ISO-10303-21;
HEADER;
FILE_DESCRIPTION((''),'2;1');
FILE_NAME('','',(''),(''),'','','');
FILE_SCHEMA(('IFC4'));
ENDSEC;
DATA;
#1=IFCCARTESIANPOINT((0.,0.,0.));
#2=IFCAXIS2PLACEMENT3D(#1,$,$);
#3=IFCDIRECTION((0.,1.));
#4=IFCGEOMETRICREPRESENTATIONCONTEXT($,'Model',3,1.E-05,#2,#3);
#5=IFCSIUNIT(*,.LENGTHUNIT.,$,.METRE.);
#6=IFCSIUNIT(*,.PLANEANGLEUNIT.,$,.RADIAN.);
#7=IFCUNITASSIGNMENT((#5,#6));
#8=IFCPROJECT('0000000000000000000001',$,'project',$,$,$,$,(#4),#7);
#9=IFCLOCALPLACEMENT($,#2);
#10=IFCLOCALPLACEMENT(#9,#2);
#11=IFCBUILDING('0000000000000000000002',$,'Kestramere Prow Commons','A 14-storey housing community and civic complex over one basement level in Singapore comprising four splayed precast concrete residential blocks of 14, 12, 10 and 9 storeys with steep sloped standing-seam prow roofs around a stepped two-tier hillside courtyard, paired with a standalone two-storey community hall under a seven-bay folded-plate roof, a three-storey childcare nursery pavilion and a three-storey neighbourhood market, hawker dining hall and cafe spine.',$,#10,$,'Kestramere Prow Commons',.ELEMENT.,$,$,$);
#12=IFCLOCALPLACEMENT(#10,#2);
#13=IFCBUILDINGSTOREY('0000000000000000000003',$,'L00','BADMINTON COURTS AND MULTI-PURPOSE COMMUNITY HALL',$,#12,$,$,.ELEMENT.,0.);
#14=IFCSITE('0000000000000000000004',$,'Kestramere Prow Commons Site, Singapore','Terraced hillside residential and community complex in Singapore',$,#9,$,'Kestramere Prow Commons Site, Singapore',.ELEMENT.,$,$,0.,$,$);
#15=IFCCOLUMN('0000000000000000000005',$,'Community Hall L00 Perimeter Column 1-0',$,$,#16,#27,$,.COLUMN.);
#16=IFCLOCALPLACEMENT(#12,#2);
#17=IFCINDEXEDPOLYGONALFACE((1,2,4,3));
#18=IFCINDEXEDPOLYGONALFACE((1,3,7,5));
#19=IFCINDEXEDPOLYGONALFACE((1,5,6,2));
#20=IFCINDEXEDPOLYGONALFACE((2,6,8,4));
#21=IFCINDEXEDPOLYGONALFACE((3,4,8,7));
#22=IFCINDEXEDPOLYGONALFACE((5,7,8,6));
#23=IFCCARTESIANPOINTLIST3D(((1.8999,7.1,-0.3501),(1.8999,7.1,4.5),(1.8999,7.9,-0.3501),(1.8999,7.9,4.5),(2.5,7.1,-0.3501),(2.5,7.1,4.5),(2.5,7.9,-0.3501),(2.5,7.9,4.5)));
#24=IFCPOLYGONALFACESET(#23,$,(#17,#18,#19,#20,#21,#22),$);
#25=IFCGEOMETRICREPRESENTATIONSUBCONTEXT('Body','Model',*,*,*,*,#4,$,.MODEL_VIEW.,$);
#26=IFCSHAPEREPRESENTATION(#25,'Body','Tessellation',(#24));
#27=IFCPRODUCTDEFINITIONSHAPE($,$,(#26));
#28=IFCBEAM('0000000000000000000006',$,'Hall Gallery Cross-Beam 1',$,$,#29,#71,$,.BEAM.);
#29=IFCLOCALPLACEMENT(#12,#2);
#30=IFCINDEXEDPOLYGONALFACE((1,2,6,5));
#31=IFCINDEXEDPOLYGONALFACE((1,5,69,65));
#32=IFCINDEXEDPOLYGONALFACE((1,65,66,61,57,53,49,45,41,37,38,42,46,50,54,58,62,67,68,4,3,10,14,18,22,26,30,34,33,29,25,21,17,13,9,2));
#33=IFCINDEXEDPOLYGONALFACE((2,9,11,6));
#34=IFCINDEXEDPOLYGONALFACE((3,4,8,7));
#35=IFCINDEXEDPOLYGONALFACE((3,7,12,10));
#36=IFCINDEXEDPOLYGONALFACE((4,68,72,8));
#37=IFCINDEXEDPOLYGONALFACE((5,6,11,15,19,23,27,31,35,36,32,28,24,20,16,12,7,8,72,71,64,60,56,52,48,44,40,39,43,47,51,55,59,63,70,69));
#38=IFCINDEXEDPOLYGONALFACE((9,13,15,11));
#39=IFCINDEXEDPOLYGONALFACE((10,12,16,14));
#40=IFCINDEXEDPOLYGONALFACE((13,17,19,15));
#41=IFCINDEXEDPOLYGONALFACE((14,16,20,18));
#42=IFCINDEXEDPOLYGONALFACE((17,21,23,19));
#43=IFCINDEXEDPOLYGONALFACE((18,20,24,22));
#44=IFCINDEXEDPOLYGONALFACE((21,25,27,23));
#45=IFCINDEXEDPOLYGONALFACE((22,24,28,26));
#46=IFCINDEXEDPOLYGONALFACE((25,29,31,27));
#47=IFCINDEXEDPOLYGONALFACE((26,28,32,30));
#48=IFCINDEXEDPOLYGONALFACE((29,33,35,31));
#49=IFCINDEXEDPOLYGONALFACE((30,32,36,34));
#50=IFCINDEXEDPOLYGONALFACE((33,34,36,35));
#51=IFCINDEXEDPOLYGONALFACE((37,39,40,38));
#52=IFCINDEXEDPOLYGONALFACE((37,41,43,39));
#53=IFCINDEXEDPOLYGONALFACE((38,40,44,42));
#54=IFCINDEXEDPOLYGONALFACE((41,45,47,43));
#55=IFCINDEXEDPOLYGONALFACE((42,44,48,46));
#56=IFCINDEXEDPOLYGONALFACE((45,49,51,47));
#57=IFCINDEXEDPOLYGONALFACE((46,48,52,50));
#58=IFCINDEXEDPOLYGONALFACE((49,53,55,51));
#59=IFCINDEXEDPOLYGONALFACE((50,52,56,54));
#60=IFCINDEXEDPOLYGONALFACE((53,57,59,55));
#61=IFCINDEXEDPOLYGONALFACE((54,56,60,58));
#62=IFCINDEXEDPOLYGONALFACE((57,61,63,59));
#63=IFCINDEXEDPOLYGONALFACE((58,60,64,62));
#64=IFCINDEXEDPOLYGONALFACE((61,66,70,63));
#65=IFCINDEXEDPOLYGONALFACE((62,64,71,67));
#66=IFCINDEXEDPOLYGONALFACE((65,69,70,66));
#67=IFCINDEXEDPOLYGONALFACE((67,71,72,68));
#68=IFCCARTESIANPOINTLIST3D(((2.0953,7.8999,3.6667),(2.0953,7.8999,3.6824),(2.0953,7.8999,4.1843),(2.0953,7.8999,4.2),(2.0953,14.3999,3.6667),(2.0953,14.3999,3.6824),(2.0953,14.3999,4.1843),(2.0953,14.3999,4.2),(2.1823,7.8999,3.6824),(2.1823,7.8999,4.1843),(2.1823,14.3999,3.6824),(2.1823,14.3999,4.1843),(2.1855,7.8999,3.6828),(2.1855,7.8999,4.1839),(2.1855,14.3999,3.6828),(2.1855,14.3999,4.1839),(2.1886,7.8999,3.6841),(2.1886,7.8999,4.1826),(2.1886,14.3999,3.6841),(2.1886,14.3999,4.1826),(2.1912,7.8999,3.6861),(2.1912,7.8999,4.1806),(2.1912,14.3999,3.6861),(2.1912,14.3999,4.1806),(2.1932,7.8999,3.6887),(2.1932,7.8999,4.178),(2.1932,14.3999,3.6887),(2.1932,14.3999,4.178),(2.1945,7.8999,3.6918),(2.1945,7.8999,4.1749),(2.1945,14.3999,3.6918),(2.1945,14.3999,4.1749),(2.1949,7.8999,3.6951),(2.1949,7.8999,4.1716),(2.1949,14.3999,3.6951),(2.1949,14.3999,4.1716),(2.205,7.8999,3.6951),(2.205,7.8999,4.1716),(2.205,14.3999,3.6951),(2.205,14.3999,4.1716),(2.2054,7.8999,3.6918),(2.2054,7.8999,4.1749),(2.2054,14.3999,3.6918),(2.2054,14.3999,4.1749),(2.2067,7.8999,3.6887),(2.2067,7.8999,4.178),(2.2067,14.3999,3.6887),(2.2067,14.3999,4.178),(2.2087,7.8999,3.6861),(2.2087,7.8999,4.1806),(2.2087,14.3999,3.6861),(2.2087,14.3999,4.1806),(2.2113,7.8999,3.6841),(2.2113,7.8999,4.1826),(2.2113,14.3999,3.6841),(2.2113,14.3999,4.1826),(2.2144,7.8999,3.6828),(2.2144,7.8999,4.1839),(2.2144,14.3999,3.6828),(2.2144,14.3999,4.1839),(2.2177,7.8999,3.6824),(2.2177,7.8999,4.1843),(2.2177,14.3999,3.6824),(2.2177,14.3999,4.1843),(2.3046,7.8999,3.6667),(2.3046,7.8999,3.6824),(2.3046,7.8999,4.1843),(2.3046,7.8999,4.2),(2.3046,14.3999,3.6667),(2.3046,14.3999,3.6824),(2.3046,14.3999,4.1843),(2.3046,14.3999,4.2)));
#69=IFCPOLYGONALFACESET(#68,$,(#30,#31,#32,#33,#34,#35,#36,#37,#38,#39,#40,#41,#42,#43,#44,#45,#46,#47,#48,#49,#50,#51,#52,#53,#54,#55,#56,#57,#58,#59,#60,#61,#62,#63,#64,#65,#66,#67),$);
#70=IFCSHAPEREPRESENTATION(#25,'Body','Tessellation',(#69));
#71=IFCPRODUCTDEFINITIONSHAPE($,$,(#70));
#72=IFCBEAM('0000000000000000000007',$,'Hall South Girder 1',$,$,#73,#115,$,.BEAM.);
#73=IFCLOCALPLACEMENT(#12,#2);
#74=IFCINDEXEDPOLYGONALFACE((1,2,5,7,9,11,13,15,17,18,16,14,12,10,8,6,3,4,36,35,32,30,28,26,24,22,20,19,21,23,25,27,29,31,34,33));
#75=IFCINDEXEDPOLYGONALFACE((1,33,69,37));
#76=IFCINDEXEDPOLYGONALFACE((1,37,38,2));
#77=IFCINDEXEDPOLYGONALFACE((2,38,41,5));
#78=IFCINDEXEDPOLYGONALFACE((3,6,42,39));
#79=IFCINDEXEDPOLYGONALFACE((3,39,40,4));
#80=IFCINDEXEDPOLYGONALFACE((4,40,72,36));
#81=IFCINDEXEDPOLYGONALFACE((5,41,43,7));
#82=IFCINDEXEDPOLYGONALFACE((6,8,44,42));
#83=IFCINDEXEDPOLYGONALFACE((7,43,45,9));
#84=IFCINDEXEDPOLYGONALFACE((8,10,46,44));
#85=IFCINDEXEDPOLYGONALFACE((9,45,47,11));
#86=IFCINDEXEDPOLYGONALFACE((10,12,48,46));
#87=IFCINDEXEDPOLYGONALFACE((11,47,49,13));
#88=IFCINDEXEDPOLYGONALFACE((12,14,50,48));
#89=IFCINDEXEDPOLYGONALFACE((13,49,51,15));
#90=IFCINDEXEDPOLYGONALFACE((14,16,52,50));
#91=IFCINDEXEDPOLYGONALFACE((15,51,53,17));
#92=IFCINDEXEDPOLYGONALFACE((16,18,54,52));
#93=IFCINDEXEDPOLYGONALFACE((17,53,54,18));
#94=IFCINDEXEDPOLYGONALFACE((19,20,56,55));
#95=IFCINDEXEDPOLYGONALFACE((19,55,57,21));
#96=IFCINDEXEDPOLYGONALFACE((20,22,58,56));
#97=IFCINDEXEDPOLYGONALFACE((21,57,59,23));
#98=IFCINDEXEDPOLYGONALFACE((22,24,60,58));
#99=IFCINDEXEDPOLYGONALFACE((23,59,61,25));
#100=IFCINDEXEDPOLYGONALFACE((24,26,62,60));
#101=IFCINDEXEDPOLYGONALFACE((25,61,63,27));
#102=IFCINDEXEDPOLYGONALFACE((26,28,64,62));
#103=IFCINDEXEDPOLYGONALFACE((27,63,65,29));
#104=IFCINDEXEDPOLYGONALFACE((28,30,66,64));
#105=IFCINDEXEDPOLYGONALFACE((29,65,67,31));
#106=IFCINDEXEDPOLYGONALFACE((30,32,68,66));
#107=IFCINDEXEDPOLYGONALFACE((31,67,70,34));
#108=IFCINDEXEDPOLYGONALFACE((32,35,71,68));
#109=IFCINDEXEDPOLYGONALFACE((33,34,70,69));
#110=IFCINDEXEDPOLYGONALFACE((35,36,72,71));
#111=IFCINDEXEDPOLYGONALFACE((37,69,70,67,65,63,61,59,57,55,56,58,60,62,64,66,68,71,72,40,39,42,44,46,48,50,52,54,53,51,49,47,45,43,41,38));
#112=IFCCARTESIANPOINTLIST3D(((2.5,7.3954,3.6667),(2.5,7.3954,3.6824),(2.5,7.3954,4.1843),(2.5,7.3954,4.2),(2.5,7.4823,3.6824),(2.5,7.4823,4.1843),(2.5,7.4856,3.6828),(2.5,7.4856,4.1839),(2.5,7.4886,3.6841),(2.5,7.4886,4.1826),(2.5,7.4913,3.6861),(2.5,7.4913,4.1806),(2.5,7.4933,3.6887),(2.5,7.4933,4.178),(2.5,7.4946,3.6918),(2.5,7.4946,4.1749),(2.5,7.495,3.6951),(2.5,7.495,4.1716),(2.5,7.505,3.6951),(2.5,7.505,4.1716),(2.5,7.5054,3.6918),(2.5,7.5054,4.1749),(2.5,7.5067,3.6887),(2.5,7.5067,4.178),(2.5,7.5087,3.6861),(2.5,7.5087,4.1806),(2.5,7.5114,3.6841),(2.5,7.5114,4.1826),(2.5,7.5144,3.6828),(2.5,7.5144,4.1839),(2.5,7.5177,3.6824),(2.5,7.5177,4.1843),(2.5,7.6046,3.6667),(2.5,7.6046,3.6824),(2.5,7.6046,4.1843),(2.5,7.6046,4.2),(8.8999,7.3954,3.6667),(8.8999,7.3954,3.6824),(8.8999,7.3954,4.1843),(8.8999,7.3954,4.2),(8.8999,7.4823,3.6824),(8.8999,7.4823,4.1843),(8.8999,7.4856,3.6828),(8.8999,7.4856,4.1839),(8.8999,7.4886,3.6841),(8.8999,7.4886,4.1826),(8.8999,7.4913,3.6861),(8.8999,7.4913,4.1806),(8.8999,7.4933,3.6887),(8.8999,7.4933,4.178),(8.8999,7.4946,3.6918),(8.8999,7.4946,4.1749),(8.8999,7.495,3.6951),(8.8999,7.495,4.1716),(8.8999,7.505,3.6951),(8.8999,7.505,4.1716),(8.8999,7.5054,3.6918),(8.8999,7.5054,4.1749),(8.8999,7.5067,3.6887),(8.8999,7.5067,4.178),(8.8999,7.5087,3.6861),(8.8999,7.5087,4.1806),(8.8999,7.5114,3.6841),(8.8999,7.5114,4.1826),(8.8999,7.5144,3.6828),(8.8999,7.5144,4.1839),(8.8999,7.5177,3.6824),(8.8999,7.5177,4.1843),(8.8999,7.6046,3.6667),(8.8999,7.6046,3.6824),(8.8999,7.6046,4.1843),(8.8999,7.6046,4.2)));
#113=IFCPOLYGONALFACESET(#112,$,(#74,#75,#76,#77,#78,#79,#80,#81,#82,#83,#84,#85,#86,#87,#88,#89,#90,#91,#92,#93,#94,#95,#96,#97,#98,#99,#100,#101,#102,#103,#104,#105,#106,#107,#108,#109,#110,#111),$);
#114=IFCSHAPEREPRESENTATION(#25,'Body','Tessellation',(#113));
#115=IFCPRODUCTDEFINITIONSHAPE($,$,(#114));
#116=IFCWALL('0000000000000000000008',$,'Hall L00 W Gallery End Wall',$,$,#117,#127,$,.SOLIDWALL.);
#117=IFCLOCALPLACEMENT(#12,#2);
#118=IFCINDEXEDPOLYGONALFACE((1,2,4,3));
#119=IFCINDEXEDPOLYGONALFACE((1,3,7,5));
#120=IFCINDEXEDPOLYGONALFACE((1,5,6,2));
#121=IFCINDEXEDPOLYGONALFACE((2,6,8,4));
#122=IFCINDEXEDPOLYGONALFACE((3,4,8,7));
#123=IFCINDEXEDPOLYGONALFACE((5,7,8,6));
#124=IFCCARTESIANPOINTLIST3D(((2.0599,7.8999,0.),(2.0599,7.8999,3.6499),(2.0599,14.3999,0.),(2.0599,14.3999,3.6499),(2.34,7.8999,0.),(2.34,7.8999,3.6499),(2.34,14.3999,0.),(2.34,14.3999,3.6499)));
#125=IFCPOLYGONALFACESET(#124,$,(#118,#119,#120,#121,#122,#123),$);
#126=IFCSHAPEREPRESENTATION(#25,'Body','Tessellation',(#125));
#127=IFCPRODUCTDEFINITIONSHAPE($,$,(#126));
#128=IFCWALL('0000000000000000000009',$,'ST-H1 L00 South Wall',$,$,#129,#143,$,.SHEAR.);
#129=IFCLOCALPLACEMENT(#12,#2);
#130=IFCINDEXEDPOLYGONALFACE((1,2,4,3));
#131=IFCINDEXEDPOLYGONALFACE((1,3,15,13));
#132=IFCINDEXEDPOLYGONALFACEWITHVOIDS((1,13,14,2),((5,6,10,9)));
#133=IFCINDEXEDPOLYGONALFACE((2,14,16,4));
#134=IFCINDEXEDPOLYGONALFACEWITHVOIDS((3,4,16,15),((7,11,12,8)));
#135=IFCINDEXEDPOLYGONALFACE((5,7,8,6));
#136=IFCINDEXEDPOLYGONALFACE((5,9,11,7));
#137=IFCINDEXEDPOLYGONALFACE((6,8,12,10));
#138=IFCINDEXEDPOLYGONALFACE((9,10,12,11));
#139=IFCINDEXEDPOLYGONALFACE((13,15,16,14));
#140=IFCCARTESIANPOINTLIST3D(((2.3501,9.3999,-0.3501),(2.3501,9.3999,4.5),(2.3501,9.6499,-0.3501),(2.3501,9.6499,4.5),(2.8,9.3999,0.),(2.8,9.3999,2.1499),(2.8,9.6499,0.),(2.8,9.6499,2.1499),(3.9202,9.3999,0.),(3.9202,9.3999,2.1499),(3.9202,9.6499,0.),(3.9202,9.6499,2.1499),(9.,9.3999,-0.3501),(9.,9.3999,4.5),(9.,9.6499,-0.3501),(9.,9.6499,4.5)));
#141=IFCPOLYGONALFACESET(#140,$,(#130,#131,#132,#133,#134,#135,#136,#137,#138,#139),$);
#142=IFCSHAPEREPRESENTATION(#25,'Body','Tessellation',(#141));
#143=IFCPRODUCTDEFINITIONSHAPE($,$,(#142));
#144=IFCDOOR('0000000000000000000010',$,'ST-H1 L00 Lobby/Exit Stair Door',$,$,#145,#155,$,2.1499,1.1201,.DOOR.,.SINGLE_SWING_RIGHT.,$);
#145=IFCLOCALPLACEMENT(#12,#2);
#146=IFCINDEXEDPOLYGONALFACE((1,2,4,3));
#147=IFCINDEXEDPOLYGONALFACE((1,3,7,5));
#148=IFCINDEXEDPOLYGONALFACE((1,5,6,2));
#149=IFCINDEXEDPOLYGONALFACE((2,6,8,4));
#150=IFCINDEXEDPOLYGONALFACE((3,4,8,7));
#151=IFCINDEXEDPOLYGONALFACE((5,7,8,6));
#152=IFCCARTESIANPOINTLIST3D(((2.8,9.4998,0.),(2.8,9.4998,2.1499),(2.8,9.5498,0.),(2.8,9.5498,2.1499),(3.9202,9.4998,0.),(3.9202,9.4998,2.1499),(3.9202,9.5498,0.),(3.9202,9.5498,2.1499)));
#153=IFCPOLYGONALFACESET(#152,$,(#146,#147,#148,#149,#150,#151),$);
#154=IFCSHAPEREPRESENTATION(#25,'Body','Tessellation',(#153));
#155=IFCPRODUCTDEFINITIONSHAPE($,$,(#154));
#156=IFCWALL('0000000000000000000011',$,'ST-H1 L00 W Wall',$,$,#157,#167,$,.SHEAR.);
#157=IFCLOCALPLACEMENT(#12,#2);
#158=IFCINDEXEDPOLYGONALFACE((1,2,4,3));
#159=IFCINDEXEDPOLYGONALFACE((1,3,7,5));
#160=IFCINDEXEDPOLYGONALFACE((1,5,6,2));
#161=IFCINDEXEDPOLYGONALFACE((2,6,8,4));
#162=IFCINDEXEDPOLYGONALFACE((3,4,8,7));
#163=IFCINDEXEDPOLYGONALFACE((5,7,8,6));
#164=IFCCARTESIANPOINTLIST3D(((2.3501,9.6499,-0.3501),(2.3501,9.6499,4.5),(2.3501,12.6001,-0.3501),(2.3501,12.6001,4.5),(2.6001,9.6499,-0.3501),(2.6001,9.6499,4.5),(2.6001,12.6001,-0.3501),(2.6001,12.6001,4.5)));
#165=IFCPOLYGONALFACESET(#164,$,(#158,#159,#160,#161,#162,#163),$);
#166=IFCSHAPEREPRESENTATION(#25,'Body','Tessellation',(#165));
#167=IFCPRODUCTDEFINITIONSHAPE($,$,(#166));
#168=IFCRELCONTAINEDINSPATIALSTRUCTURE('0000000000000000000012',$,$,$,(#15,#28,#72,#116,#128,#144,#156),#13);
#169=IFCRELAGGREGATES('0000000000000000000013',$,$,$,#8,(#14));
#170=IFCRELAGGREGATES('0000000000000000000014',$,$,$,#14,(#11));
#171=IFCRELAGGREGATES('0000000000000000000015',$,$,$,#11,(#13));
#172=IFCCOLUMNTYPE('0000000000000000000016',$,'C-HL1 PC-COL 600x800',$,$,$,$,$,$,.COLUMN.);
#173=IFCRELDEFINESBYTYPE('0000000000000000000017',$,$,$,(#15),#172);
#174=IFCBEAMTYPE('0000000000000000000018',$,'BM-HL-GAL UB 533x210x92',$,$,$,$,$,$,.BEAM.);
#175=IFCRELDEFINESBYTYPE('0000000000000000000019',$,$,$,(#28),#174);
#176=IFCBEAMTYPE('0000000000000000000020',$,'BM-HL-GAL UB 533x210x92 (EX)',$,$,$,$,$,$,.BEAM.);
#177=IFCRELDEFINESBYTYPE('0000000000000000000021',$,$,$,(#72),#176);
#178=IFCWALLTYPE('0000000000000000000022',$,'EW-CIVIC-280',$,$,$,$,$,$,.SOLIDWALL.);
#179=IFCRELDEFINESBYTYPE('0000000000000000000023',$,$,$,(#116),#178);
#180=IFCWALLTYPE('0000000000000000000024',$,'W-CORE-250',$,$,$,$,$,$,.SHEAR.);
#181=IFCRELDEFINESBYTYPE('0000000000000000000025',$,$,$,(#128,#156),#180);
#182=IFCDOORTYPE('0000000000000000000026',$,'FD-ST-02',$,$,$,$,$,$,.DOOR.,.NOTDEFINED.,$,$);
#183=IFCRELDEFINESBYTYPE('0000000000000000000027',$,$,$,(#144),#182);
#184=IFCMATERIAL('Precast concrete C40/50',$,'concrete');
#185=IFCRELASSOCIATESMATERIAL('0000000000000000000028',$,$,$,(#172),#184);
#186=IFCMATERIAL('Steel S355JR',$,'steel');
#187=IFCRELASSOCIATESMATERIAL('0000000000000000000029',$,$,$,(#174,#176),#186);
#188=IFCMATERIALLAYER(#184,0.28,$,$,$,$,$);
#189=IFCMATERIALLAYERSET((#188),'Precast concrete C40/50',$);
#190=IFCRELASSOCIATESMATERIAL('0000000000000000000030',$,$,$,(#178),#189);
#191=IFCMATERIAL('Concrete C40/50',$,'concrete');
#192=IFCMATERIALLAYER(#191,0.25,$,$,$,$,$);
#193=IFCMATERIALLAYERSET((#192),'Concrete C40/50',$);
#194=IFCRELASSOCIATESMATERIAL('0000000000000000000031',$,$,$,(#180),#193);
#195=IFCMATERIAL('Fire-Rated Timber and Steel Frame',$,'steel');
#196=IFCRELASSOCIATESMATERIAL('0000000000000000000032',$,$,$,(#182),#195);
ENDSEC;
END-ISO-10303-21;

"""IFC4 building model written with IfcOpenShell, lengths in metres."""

from ifc_helpers import new_model, si_unit, direction, frame, frame_2d, origin, origin_2d, place, context, subcontext, project, spatial, rectangle, i_section, extrude, material, layer, layer_set, material_profile, profile_set, type_object, element, fill, save


model = new_model("IFC4")

# Units and contexts
model_context = context("Model", 3, precision=1e-05, world=origin(), true_north=direction((0.0, 1.0)))
body_context = subcontext(model_context, "Body", "Model", "MODEL_VIEW")
ifc_project = project(units=[si_unit("LENGTHUNIT", "METRE"), si_unit("PLANEANGLEUNIT", "RADIAN")], contexts=[model_context])

# Site, building, storey
site_placement = place(None, origin())
site = spatial("IfcSite", under=ifc_project, at=site_placement, Name="Kestramere Prow Commons Site, Singapore", Description="Terraced hillside residential and community complex in Singapore", LongName="Kestramere Prow Commons Site, Singapore", CompositionType="ELEMENT", RefElevation=0.0)
building_placement = place(site_placement, origin())
building = spatial("IfcBuilding", under=site, at=building_placement, Name="Kestramere Prow Commons", Description="A 14-storey housing community and civic complex over one basement level in Singapore comprising four splayed precast concrete residential blocks of 14, 12, 10 and 9 storeys with steep sloped standing-seam prow roofs around a stepped two-tier hillside courtyard, paired with a standalone two-storey community hall under a seven-bay folded-plate roof, a three-storey childcare nursery pavilion and a three-storey neighbourhood market, hawker dining hall and cafe spine.", LongName="Kestramere Prow Commons", CompositionType="ELEMENT")
storey_placement = place(building_placement, origin())
storey = spatial("IfcBuildingStorey", under=building, at=storey_placement, Name="L00", Description="BADMINTON COURTS AND MULTI-PURPOSE COMMUNITY HALL", CompositionType="ELEMENT", Elevation=0.0)

# Column
ifc_material_1 = material(Name="Precast concrete C40/50", Category="concrete")
ifc_material_profile_1 = material_profile(ifc_material_1, rectangle(XDim=0.6001, YDim=0.8, at=origin_2d()), Name="PC-COL 600x800")
ifc_profile_set_1 = profile_set([ifc_material_profile_1], Name="Precast concrete C40/50")
column_type = type_object("IfcColumnType", Name="C-HL1 PC-COL 600x800", PredefinedType="COLUMN", material=ifc_profile_set_1)
column_placement = place(storey_placement, frame((2.2, 7.5, -0.3501), z_axis=(0.0, 0.0, 1.0), x_axis=(1.0, 0.0, 0.0)))
element("IfcColumn", 1, at=column_placement, inside=storey, type_object=column_type, Name="Community Hall L00 Perimeter Column 1-0", PredefinedType="COLUMN", context=body_context, shape_type="SweptSolid", body=[
    extrude(rectangle(XDim=0.6001, YDim=0.8, at=origin_2d()), origin(), (0.0, 0.0, 1.0), 4.8501),
])

# Beams
ifc_material_2 = material(Name="Steel S355JR", Category="steel")
ifc_material_profile_2 = material_profile(ifc_material_2, i_section(OverallWidth=0.2092, OverallDepth=0.5332, WebThickness=0.01, FlangeThickness=0.0156, FilletRadius=0.0127, at=origin_2d()), Name="UB 533x210x92")
ifc_profile_set_2 = profile_set([ifc_material_profile_2], Name="Steel S355JR")
beam_type_1 = type_object("IfcBeamType", Name="BM-HL-GAL UB 533x210x92", PredefinedType="BEAM", material=ifc_profile_set_2)
beam_1_placement = place(storey_placement, frame((2.2, 7.8999, 3.9333), z_axis=(0.0, 1.0, 0.0), x_axis=(-1.0, 0.0, 0.0)))
element("IfcBeam", 2, at=beam_1_placement, inside=storey, type_object=beam_type_1, Name="Hall Gallery Cross-Beam 1", PredefinedType="BEAM", context=body_context, shape_type="SweptSolid", body=[
    extrude(i_section(OverallWidth=0.2092, OverallDepth=0.5332, WebThickness=0.01, FlangeThickness=0.0156, FilletRadius=0.0127, at=origin_2d()), origin(), (0.0, 0.0, 1.0), 6.5),
])
ifc_material_profile_3 = material_profile(ifc_material_2, i_section(OverallWidth=0.2092, OverallDepth=0.5332, WebThickness=0.01, FlangeThickness=0.0156, FilletRadius=0.0127, at=origin_2d()), Name="UB 533x210x92")
ifc_profile_set_3 = profile_set([ifc_material_profile_3], Name="Steel S355JR")
beam_type_2 = type_object("IfcBeamType", Name="BM-HL-GAL UB 533x210x92 (EX)", PredefinedType="BEAM", material=ifc_profile_set_3)
beam_2_placement = place(storey_placement, frame((2.5, 7.5, 3.9333), z_axis=(1.0, 0.0, 0.0), x_axis=(0.0, 1.0, 0.0)))
element("IfcBeam", 3, at=beam_2_placement, inside=storey, type_object=beam_type_2, Name="Hall South Girder 1", PredefinedType="BEAM", context=body_context, shape_type="SweptSolid", body=[
    extrude(i_section(OverallWidth=0.2092, OverallDepth=0.5332, WebThickness=0.01, FlangeThickness=0.0156, FilletRadius=0.0127, at=origin_2d()), origin(), (0.0, 0.0, 1.0), 6.3999),
])

# Wall
ifc_layer_1 = layer(ifc_material_1, 0.28)
ifc_layer_set_1 = layer_set([ifc_layer_1], Name="Precast concrete C40/50")
wall_type_1 = type_object("IfcWallType", Name="EW-CIVIC-280", PredefinedType="SOLIDWALL", material=ifc_layer_set_1)
wall_1_placement = place(storey_placement, frame((2.2, 7.8999, 0.0), z_axis=(0.0, 0.0, 1.0), x_axis=(0.0, 1.0, 0.0)))
element("IfcWall", 4, at=wall_1_placement, inside=storey, type_object=wall_type_1, Name="Hall L00 W Gallery End Wall", PredefinedType="SOLIDWALL", context=body_context, shape_type="SweptSolid", body=[
    extrude(rectangle(XDim=6.5, YDim=0.28, at=frame_2d((3.25, 0.0))), origin(), (0.0, 0.0, 1.0), 3.6499),
])

# Wall, opening, door
ifc_material_3 = material(Name="Concrete C40/50", Category="concrete")
ifc_layer_2 = layer(ifc_material_3, 0.25)
ifc_layer_set_2 = layer_set([ifc_layer_2], Name="Concrete C40/50")
wall_type_2 = type_object("IfcWallType", Name="W-CORE-250", PredefinedType="SHEAR", material=ifc_layer_set_2)
wall_2_placement = place(storey_placement, frame((2.3501, 9.5249, -0.3501), z_axis=(0.0, 0.0, 1.0), x_axis=(1.0, 0.0, 0.0)))
wall_2 = element("IfcWall", 5, at=wall_2_placement, inside=storey, type_object=wall_type_2, Name="ST-H1 L00 South Wall", PredefinedType="SHEAR", context=body_context, shape_type="SweptSolid", body=[
    extrude(rectangle(XDim=6.6499, YDim=0.25, at=frame_2d((3.325, 0.0))), origin(), (0.0, 0.0, 1.0), 4.8501),
])
opening_placement = place(wall_2_placement, frame((0.45, 0.0, 0.3501)))
opening = element("IfcOpeningElement", 6, at=opening_placement, cuts=wall_2, PredefinedType="OPENING", context=body_context, shape_type="SweptSolid", body=[
    extrude(rectangle(XDim=1.1201, YDim=2.1499, at=frame_2d((0.5601, 1.075))), frame((0.0, 0.1399, 0.0), z_axis=(0.0, -1.0, 0.0), x_axis=(1.0, 0.0, 0.0)), (0.0, 0.0, 1.0), 0.28),
])
ifc_material_4 = material(Name="Fire-Rated Timber and Steel Frame", Category="steel")
door_type = type_object("IfcDoorType", Name="FD-ST-02", OperationType="NOTDEFINED", PredefinedType="DOOR", material=ifc_material_4)
door_placement = place(opening_placement, origin())
door = element("IfcDoor", 7, at=door_placement, inside=storey, type_object=door_type, Name="ST-H1 L00 Lobby/Exit Stair Door", OperationType="SINGLE_SWING_RIGHT", OverallHeight=2.1499, OverallWidth=1.1201, PredefinedType="DOOR", context=body_context, shape_type="SweptSolid", body=[
    extrude(rectangle(XDim=1.1201, YDim=2.1499, at=frame_2d((0.5601, 1.075))), frame((0.0, 0.0249, 0.0), z_axis=(0.0, -1.0, 0.0), x_axis=(1.0, 0.0, 0.0)), (0.0, 0.0, 1.0), 0.05),
])
fill(opening, door)

# Wall
wall_3_placement = place(storey_placement, frame((2.4751, 9.6499, -0.3501), z_axis=(0.0, 0.0, 1.0), x_axis=(0.0, 1.0, 0.0)))
element("IfcWall", 8, at=wall_3_placement, inside=storey, type_object=wall_type_2, Name="ST-H1 L00 W Wall", PredefinedType="SHEAR", context=body_context, shape_type="SweptSolid", body=[
    extrude(rectangle(XDim=2.9502, YDim=0.25, at=frame_2d((1.4751, 0.0))), origin(), (0.0, 0.0, 1.0), 4.8501),
])

save(model, "model.ifc")
